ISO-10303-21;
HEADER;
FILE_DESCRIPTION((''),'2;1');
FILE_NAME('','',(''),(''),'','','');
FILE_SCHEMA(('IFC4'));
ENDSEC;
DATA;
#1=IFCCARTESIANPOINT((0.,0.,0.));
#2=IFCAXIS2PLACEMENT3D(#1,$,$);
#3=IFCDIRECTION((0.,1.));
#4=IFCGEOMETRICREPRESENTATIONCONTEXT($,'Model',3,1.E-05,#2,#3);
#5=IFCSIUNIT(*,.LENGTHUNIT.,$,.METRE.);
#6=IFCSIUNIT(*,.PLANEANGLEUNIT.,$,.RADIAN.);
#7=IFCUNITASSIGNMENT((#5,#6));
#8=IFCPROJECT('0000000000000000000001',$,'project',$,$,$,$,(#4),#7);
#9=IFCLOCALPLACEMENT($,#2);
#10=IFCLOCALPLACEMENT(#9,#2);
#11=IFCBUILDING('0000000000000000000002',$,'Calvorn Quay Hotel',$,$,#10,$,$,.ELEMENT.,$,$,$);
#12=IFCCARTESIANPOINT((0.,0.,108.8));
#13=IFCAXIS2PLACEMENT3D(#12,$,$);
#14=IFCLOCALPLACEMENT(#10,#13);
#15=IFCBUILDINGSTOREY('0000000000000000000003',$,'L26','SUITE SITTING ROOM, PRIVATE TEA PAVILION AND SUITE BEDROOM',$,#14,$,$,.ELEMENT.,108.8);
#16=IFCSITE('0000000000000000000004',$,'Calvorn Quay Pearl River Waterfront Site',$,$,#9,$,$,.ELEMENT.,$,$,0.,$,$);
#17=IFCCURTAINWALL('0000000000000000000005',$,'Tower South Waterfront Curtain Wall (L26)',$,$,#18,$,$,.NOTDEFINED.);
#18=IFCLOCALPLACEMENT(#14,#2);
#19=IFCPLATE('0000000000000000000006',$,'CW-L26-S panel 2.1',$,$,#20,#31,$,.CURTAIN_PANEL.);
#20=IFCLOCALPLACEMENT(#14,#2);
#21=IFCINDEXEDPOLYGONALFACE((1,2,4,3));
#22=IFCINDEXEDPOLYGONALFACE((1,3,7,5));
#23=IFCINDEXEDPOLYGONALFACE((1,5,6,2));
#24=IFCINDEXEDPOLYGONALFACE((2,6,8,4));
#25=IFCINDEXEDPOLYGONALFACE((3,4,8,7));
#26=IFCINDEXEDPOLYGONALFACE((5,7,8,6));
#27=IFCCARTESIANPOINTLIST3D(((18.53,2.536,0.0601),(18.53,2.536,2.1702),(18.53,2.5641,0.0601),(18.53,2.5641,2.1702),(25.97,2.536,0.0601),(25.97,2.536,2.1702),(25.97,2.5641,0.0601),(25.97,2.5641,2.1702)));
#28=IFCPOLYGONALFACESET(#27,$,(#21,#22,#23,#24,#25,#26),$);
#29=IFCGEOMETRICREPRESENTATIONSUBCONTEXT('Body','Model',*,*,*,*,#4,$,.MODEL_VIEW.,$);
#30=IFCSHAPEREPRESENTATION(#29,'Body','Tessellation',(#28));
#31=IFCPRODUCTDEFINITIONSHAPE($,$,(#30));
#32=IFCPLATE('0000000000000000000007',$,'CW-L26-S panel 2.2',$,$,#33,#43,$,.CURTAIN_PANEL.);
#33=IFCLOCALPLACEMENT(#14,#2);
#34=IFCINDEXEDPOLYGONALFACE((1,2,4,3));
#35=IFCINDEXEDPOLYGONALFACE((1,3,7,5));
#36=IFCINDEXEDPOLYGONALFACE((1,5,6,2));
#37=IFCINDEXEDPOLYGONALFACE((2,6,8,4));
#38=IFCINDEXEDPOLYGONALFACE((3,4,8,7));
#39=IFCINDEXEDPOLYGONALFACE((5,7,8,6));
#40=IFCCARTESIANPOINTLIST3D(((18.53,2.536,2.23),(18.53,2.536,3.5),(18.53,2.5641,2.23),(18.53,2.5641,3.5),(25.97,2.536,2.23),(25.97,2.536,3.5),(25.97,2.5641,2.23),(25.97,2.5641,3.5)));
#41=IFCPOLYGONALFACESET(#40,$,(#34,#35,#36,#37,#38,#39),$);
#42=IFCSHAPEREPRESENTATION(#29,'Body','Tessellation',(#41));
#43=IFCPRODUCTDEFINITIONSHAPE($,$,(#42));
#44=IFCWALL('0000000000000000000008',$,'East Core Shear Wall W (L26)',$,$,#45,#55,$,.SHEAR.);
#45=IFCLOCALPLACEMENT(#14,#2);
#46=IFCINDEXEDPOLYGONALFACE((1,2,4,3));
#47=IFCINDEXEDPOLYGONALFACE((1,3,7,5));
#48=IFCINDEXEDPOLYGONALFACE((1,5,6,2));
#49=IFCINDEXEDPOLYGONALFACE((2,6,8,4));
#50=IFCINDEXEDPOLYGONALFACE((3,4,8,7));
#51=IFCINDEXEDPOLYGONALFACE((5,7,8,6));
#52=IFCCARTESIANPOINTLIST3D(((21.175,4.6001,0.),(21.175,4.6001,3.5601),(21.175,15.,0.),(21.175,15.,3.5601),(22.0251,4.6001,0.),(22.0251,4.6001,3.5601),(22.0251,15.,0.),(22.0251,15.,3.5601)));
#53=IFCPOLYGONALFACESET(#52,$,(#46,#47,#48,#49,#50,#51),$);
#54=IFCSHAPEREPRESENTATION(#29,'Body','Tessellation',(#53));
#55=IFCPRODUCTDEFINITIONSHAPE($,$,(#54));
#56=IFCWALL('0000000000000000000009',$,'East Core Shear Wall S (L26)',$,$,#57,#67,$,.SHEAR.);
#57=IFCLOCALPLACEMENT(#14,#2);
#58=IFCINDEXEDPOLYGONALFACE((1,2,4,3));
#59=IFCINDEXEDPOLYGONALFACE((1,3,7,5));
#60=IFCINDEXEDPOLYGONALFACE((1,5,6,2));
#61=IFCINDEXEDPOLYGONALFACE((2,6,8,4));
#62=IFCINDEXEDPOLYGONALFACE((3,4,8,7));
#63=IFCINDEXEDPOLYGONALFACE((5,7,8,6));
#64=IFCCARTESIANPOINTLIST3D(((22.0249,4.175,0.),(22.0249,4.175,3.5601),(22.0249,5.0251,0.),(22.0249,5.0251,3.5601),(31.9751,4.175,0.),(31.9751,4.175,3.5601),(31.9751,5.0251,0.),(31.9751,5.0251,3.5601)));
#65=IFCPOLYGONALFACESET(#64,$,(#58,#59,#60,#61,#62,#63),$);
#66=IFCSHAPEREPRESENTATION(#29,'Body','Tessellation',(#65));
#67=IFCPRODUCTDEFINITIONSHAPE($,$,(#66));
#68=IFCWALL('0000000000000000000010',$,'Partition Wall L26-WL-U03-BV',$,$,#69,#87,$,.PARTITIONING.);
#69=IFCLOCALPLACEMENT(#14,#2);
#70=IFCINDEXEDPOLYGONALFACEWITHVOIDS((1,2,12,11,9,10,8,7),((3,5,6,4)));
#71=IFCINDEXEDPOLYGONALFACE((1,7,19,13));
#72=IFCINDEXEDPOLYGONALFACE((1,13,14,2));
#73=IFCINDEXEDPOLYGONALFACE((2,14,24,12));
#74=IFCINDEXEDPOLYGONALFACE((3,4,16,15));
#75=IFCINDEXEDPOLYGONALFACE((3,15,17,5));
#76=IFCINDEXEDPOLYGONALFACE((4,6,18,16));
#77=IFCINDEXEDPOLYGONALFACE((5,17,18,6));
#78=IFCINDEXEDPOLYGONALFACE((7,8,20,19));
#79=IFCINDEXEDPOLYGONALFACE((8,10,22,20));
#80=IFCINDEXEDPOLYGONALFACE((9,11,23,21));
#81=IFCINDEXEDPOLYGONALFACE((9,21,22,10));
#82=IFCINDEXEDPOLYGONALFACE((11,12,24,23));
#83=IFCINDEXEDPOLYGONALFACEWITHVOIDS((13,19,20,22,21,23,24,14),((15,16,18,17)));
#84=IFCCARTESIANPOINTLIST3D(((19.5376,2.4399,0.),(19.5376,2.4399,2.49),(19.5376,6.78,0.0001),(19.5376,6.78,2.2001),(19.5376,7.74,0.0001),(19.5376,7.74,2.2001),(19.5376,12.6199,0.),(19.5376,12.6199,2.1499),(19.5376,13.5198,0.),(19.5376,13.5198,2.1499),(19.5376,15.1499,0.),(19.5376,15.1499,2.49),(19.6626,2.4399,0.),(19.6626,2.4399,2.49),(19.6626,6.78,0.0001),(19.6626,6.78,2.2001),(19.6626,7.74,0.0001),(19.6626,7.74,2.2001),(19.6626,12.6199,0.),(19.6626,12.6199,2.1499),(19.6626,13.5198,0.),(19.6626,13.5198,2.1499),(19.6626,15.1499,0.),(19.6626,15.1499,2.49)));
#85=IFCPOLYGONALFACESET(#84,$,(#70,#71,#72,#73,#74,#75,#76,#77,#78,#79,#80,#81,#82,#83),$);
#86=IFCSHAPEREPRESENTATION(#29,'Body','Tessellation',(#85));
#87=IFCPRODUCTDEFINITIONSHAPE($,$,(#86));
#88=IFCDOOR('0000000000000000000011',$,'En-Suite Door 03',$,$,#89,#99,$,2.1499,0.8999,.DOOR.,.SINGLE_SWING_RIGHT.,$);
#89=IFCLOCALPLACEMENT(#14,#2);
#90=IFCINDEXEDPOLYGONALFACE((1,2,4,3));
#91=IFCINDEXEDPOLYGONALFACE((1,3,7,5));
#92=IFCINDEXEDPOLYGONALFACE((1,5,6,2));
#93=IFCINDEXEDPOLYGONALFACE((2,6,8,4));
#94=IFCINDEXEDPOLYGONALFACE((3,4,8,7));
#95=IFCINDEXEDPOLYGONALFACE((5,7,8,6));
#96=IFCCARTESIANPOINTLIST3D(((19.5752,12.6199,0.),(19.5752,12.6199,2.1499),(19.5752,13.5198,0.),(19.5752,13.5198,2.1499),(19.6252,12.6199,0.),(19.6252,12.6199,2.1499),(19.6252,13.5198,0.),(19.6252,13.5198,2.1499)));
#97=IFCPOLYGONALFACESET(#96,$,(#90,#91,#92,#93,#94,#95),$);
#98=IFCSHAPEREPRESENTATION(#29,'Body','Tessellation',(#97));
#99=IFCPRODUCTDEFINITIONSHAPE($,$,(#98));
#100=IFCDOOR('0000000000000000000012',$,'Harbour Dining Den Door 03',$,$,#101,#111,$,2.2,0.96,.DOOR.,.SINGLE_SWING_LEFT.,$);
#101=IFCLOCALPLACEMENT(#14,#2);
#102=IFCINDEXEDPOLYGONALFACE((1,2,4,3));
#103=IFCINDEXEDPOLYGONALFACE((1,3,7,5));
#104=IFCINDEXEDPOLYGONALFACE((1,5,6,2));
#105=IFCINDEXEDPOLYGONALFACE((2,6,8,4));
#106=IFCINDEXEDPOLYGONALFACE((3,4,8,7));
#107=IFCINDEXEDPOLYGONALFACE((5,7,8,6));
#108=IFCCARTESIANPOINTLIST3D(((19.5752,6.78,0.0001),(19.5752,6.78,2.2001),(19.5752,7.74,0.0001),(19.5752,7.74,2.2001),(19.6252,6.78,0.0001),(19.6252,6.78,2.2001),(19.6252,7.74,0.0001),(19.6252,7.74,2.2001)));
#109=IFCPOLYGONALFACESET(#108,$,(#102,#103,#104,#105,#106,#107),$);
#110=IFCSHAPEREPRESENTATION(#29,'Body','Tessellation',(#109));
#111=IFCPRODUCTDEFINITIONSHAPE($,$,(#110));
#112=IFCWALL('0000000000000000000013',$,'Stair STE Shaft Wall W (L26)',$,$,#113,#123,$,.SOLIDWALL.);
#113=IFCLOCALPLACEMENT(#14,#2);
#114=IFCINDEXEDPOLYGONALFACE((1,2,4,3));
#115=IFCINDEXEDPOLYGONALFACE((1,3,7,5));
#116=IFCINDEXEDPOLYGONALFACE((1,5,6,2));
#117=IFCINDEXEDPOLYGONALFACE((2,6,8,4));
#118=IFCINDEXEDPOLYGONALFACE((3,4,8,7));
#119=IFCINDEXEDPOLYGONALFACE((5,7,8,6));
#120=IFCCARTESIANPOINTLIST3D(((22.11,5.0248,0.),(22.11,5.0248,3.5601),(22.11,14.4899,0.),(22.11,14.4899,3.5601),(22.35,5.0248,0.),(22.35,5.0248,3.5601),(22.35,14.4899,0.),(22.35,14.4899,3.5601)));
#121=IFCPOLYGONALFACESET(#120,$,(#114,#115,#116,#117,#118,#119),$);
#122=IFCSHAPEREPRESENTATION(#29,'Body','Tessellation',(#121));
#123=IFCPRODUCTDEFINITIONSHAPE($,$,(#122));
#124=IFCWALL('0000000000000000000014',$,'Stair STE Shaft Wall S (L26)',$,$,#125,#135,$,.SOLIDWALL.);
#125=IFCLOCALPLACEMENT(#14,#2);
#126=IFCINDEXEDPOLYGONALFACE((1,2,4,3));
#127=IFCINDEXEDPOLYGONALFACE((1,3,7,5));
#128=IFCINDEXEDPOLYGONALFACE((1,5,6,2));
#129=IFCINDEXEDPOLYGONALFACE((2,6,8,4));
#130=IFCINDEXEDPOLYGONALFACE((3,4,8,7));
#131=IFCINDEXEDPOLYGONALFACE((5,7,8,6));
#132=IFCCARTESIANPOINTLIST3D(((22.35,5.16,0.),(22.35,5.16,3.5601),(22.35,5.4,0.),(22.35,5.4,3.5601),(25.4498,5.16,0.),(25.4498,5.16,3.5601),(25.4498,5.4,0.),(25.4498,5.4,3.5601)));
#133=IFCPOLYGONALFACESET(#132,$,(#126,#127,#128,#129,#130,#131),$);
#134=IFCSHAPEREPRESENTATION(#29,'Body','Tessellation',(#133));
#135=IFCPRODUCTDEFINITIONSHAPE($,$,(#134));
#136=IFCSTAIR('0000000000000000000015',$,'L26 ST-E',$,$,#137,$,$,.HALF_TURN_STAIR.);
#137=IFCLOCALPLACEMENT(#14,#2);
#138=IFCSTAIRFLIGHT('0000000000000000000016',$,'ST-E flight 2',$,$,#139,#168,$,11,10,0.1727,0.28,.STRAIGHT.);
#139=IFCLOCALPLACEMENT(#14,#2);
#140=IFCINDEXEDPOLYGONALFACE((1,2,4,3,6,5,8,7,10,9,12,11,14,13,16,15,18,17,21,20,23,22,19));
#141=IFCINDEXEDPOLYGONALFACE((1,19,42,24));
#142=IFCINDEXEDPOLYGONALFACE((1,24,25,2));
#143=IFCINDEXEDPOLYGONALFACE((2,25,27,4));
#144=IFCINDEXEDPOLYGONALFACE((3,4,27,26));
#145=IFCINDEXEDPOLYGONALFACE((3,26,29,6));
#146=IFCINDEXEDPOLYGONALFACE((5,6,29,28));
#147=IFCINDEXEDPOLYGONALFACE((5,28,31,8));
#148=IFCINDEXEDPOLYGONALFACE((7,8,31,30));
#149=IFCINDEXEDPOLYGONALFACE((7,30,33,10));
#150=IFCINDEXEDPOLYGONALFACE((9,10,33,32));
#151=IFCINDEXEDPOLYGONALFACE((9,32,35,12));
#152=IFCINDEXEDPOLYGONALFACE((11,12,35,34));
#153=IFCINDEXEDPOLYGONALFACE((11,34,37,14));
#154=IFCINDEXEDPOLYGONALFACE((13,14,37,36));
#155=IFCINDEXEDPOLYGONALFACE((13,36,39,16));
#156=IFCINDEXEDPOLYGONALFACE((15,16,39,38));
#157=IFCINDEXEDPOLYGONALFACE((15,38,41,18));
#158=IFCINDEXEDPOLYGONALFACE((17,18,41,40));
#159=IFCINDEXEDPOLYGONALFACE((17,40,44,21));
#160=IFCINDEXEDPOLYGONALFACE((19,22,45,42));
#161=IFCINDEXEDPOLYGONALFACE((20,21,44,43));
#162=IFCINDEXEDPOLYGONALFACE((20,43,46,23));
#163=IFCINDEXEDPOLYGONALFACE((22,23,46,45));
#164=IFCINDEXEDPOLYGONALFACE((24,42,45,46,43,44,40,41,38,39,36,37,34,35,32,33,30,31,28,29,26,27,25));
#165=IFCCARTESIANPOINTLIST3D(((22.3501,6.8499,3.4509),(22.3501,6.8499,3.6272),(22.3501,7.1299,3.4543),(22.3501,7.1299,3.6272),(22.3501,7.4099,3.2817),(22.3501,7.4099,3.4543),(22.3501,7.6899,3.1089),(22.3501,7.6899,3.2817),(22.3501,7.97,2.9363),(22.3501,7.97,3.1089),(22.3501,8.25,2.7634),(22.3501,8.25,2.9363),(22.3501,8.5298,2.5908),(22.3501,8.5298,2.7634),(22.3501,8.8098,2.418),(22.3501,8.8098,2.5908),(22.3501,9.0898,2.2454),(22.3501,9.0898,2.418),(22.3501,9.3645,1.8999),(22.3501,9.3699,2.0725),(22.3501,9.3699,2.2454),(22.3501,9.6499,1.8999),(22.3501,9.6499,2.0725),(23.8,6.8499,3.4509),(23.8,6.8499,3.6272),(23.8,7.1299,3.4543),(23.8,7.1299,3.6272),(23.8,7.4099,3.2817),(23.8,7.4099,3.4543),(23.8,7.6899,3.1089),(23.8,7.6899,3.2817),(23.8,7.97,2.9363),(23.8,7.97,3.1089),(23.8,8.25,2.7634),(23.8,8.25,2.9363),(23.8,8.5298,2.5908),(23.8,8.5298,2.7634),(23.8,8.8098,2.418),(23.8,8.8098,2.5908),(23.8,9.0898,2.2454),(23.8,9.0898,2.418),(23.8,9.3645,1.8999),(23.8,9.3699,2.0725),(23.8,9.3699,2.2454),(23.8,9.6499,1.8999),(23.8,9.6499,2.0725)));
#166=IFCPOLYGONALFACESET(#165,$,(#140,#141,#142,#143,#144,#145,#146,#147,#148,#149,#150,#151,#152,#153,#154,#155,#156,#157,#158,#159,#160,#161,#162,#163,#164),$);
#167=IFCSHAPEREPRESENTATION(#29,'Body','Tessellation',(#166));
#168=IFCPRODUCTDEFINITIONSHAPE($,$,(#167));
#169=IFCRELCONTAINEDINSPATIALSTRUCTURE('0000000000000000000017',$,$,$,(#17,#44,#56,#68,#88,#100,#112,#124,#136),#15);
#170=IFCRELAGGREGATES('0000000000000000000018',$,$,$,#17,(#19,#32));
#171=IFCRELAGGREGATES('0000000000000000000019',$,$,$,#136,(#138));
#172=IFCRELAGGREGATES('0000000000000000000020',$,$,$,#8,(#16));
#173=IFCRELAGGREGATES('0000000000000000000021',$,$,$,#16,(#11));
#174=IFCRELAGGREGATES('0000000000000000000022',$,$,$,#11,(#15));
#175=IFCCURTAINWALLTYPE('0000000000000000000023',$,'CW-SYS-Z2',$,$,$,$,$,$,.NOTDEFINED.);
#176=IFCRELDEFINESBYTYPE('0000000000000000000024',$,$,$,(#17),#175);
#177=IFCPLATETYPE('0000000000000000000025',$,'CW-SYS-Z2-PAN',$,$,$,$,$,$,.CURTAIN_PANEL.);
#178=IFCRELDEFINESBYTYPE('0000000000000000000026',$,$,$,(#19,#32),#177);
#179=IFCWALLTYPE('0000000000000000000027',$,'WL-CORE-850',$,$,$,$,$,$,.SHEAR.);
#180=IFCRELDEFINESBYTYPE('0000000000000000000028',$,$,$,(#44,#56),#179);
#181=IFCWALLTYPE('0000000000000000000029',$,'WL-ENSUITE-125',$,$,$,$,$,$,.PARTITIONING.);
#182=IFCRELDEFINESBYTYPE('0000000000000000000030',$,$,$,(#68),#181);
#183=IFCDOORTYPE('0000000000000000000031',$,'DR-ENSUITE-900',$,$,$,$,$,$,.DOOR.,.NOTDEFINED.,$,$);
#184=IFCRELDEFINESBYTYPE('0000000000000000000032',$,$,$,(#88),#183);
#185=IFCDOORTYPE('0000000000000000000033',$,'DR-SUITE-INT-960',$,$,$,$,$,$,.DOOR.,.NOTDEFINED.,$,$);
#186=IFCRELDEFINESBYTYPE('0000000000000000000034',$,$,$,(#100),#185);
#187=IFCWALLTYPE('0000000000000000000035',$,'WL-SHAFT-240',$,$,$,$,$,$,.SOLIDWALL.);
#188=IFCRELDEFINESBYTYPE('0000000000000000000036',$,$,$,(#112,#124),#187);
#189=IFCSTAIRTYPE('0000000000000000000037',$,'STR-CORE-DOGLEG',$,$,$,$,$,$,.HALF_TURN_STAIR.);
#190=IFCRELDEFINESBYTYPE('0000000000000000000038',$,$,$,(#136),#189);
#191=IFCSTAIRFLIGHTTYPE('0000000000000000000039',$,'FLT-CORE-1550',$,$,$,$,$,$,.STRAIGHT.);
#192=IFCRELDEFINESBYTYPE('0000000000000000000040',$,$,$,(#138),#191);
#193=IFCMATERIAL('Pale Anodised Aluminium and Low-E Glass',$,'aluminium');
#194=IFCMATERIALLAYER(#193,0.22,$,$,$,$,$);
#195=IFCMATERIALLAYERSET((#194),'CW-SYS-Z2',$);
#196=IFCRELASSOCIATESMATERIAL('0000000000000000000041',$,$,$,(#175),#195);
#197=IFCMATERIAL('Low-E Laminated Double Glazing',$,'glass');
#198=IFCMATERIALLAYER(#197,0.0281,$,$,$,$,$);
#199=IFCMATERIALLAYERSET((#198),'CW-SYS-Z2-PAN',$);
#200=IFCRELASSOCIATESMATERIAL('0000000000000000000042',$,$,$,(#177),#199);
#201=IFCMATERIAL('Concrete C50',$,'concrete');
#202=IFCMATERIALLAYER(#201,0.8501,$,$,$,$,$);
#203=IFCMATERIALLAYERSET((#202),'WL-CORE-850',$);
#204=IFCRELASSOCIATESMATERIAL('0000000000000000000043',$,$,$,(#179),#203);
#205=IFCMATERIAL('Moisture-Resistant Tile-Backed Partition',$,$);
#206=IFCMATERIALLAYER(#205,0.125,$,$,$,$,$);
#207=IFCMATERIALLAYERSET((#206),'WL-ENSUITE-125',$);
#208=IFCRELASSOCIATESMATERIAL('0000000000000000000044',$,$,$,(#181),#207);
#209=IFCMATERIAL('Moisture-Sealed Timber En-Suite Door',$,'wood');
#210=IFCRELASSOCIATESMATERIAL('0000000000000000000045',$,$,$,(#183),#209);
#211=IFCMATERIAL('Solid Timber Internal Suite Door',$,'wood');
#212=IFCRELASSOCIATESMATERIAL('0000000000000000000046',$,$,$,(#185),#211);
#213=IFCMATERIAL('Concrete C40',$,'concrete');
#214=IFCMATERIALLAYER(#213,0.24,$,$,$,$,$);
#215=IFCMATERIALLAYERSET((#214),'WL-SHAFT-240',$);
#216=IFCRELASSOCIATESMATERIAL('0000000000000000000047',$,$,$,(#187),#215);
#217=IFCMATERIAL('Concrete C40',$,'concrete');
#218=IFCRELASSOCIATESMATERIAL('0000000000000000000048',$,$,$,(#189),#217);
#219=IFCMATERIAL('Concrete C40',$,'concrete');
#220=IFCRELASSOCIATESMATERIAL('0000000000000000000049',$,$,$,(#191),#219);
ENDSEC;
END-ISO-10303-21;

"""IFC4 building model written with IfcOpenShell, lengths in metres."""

from ifc_helpers import new_model, si_unit, direction, frame, frame_2d, origin, origin_2d, place, context, subcontext, project, spatial, polyline, rectangle, outline, extrude, material, layer, layer_set, type_object, element, fill, aggregate, save


model = new_model("IFC4")

# Units and contexts
model_context = context("Model", 3, precision=1e-05, world=origin(), true_north=direction((0.0, 1.0)))
body_context = subcontext(model_context, "Body", "Model", "MODEL_VIEW")
ifc_project = project(units=[si_unit("LENGTHUNIT", "METRE"), si_unit("PLANEANGLEUNIT", "RADIAN")], contexts=[model_context])

# Site, building, storey
site_placement = place(None, origin())
site = spatial("IfcSite", under=ifc_project, at=site_placement, Name="Calvorn Quay Pearl River Waterfront Site", CompositionType="ELEMENT", RefElevation=0.0)
building_placement = place(site_placement, origin())
building = spatial("IfcBuilding", under=site, at=building_placement, Name="Calvorn Quay Hotel", CompositionType="ELEMENT")
storey_placement = place(building_placement, frame((0.0, 0.0, 108.8)))
storey = spatial("IfcBuildingStorey", under=building, at=storey_placement, Name="L26", Description="SUITE SITTING ROOM, PRIVATE TEA PAVILION AND SUITE BEDROOM", CompositionType="ELEMENT", Elevation=108.8)

# Curtain wall, plates
ifc_material_1 = material(Name="Pale Anodised Aluminium and Low-E Glass", Category="aluminium")
ifc_layer_1 = layer(ifc_material_1, 0.22)
ifc_layer_set_1 = layer_set([ifc_layer_1], Name="CW-SYS-Z2")
curtain_wall_type = type_object("IfcCurtainWallType", Name="CW-SYS-Z2", PredefinedType="NOTDEFINED", material=ifc_layer_set_1)
curtain_wall_placement = place(storey_placement, origin())
curtain_wall = element("IfcCurtainWall", 1, at=curtain_wall_placement, inside=storey, type_object=curtain_wall_type, Name="Tower South Waterfront Curtain Wall (L26)", PredefinedType="NOTDEFINED")
ifc_material_2 = material(Name="Low-E Laminated Double Glazing", Category="glass")
ifc_layer_2 = layer(ifc_material_2, 0.0281)
ifc_layer_set_2 = layer_set([ifc_layer_2], Name="CW-SYS-Z2-PAN")
plate_type = type_object("IfcPlateType", Name="CW-SYS-Z2-PAN", PredefinedType="CURTAIN_PANEL", material=ifc_layer_set_2)
plate_1_placement = place(storey_placement, frame((22.25, 2.55, 0.0601), z_axis=(0.0, 0.0, 1.0), x_axis=(1.0, 0.0, 0.0)))
plate_1 = element("IfcPlate", 2, at=plate_1_placement, type_object=plate_type, Name="CW-L26-S panel 2.1", PredefinedType="CURTAIN_PANEL", context=body_context, shape_type="SweptSolid", body=[
    extrude(rectangle(XDim=7.4399, YDim=0.0281, at=origin_2d()), origin(), (0.0, 0.0, 1.0), 2.1101),
])
plate_2_placement = place(storey_placement, frame((22.25, 2.55, 2.23), z_axis=(0.0, 0.0, 1.0), x_axis=(1.0, 0.0, 0.0)))
plate_2 = element("IfcPlate", 3, at=plate_2_placement, type_object=plate_type, Name="CW-L26-S panel 2.2", PredefinedType="CURTAIN_PANEL", context=body_context, shape_type="SweptSolid", body=[
    extrude(rectangle(XDim=7.4399, YDim=0.0281, at=origin_2d()), origin(), (0.0, 0.0, 1.0), 1.27),
])
aggregate(curtain_wall, [plate_1, plate_2])

# Walls
ifc_material_3 = material(Name="Concrete C50", Category="concrete")
ifc_layer_3 = layer(ifc_material_3, 0.8501)
ifc_layer_set_3 = layer_set([ifc_layer_3], Name="WL-CORE-850")
wall_type_1 = type_object("IfcWallType", Name="WL-CORE-850", PredefinedType="SHEAR", material=ifc_layer_set_3)
wall_1_placement = place(storey_placement, frame((21.6001, 4.6001, 0.0), z_axis=(0.0, 0.0, 1.0), x_axis=(0.0, 1.0, 0.0)))
element("IfcWall", 4, at=wall_1_placement, inside=storey, type_object=wall_type_1, Name="East Core Shear Wall W (L26)", PredefinedType="SHEAR", context=body_context, shape_type="SweptSolid", body=[
    extrude(rectangle(XDim=10.3999, YDim=0.8501, at=frame_2d((5.2, 0.0))), origin(), (0.0, 0.0, 1.0), 3.5601),
])
wall_2_placement = place(storey_placement, frame((22.0249, 4.6001, 0.0), z_axis=(0.0, 0.0, 1.0), x_axis=(1.0, 0.0, 0.0)))
element("IfcWall", 5, at=wall_2_placement, inside=storey, type_object=wall_type_1, Name="East Core Shear Wall S (L26)", PredefinedType="SHEAR", context=body_context, shape_type="SweptSolid", body=[
    extrude(rectangle(XDim=9.9502, YDim=0.8501, at=frame_2d((4.9751, 0.0))), origin(), (0.0, 0.0, 1.0), 3.5601),
])

# Wall, openings, doors
ifc_material_4 = material(Name="Moisture-Resistant Tile-Backed Partition")
ifc_layer_4 = layer(ifc_material_4, 0.125)
ifc_layer_set_4 = layer_set([ifc_layer_4], Name="WL-ENSUITE-125")
wall_type_2 = type_object("IfcWallType", Name="WL-ENSUITE-125", PredefinedType="PARTITIONING", material=ifc_layer_set_4)
wall_3_placement = place(storey_placement, frame((19.6001, 2.4399, 0.0), z_axis=(0.0, 0.0, 1.0), x_axis=(0.0, 1.0, 0.0)))
wall_3 = element("IfcWall", 6, at=wall_3_placement, inside=storey, type_object=wall_type_2, Name="Partition Wall L26-WL-U03-BV", PredefinedType="PARTITIONING", context=body_context, shape_type="SweptSolid", body=[
    extrude(rectangle(XDim=12.71, YDim=0.125, at=frame_2d((6.355, 0.0))), origin(), (0.0, 0.0, 1.0), 2.49),
])
opening_1_placement = place(wall_3_placement, frame((4.3401, 0.0, 0.0)))
opening_1 = element("IfcOpeningElement", 7, at=opening_1_placement, cuts=wall_3, PredefinedType="OPENING", context=body_context, shape_type="SweptSolid", body=[
    extrude(rectangle(XDim=0.96, YDim=2.2, at=frame_2d((0.48, 1.1001))), frame((0.0, 0.0725, 0.0), z_axis=(0.0, -1.0, 0.0), x_axis=(1.0, 0.0, 0.0)), (0.0, 0.0, 1.0), 0.145),
])
opening_2_placement = place(wall_3_placement, frame((10.1799, 0.0, 0.0)))
opening_2 = element("IfcOpeningElement", 8, at=opening_2_placement, cuts=wall_3, PredefinedType="OPENING", context=body_context, shape_type="SweptSolid", body=[
    extrude(rectangle(XDim=0.8999, YDim=2.1499, at=frame_2d((0.45, 1.075))), frame((0.0, 0.0725, 0.0), z_axis=(0.0, -1.0, 0.0), x_axis=(1.0, 0.0, 0.0)), (0.0, 0.0, 1.0), 0.145),
])
ifc_material_5 = material(Name="Moisture-Sealed Timber En-Suite Door", Category="wood")
door_type_1 = type_object("IfcDoorType", Name="DR-ENSUITE-900", OperationType="NOTDEFINED", PredefinedType="DOOR", material=ifc_material_5)
door_1_placement = place(opening_2_placement, origin())
door_1 = element("IfcDoor", 9, at=door_1_placement, inside=storey, type_object=door_type_1, Name="En-Suite Door 03", OperationType="SINGLE_SWING_RIGHT", OverallHeight=2.1499, OverallWidth=0.8999, PredefinedType="DOOR", context=body_context, shape_type="SweptSolid", body=[
    extrude(rectangle(XDim=0.8999, YDim=2.1499, at=frame_2d((0.45, 1.075))), frame((0.0, 0.0249, 0.0), z_axis=(0.0, -1.0, 0.0), x_axis=(1.0, 0.0, 0.0)), (0.0, 0.0, 1.0), 0.05),
])
fill(opening_2, door_1)
ifc_material_6 = material(Name="Solid Timber Internal Suite Door", Category="wood")
door_type_2 = type_object("IfcDoorType", Name="DR-SUITE-INT-960", OperationType="NOTDEFINED", PredefinedType="DOOR", material=ifc_material_6)
door_2_placement = place(opening_1_placement, origin())
door_2 = element("IfcDoor", 10, at=door_2_placement, inside=storey, type_object=door_type_2, Name="Harbour Dining Den Door 03", OperationType="SINGLE_SWING_LEFT", OverallHeight=2.2, OverallWidth=0.96, PredefinedType="DOOR", context=body_context, shape_type="SweptSolid", body=[
    extrude(rectangle(XDim=0.96, YDim=2.2, at=frame_2d((0.48, 1.1001))), frame((0.0, 0.0249, 0.0), z_axis=(0.0, -1.0, 0.0), x_axis=(1.0, 0.0, 0.0)), (0.0, 0.0, 1.0), 0.05),
])
fill(opening_1, door_2)

# Walls
ifc_material_7 = material(Name="Concrete C40", Category="concrete")
ifc_layer_5 = layer(ifc_material_7, 0.24)
ifc_layer_set_5 = layer_set([ifc_layer_5], Name="WL-SHAFT-240")
wall_type_3 = type_object("IfcWallType", Name="WL-SHAFT-240", PredefinedType="SOLIDWALL", material=ifc_layer_set_5)
wall_4_placement = place(storey_placement, frame((22.23, 5.0249, 0.0), z_axis=(0.0, 0.0, 1.0), x_axis=(0.0, 1.0, 0.0)))
element("IfcWall", 11, at=wall_4_placement, inside=storey, type_object=wall_type_3, Name="Stair STE Shaft Wall W (L26)", PredefinedType="SOLIDWALL", context=body_context, shape_type="SweptSolid", body=[
    extrude(rectangle(XDim=9.4651, YDim=0.24, at=frame_2d((4.7324, 0.0))), origin(), (0.0, 0.0, 1.0), 3.5601),
])
wall_5_placement = place(storey_placement, frame((22.3501, 5.28, 0.0), z_axis=(0.0, 0.0, 1.0), x_axis=(1.0, 0.0, 0.0)))
element("IfcWall", 12, at=wall_5_placement, inside=storey, type_object=wall_type_3, Name="Stair STE Shaft Wall S (L26)", PredefinedType="SOLIDWALL", context=body_context, shape_type="SweptSolid", body=[
    extrude(rectangle(XDim=3.0999, YDim=0.24, at=frame_2d((1.5498, 0.0))), origin(), (0.0, 0.0, 1.0), 3.5601),
])

# Stair, stair flight
ifc_material_8 = material(Name="Concrete C40", Category="concrete")
stair_type = type_object("IfcStairType", Name="STR-CORE-DOGLEG", PredefinedType="HALF_TURN_STAIR", material=ifc_material_8)
stair_placement = place(storey_placement, origin())
stair = element("IfcStair", 13, at=stair_placement, inside=storey, type_object=stair_type, Name="L26 ST-E", PredefinedType="HALF_TURN_STAIR")
ifc_material_9 = material(Name="Concrete C40", Category="concrete")
stair_flight_type = type_object("IfcStairFlightType", Name="FLT-CORE-1550", PredefinedType="STRAIGHT", material=ifc_material_9)
stair_flight_placement = place(storey_placement, frame((23.075, 9.6499, 1.8999), z_axis=(0.0, 0.0, 1.0), x_axis=(0.0, -1.0, 0.0)))
stair_flight = element("IfcStairFlight", 14, at=stair_flight_placement, type_object=stair_flight_type, Name="ST-E flight 2", NumberOfRisers=11, NumberOfTreads=10, PredefinedType="STRAIGHT", RiserHeight=0.1727, TreadLength=0.28, context=body_context, shape_type="SweptSolid", body=[
    extrude(outline(polyline([(0.0, 0.0), (0.0, 0.1726), (0.28, 0.1726), (0.28, 0.3455), (0.5601, 0.3455), (0.5601, 0.5181), (0.8401, 0.5181), (0.8401, 0.6909), (1.1201, 0.6909), (1.1201, 0.8635), (1.3999, 0.8635), (1.3999, 1.0364), (1.6799, 1.0364), (1.6799, 1.209), (1.96, 1.209), (1.96, 1.3818), (2.24, 1.3818), (2.24, 1.5544), (2.52, 1.5544), (2.52, 1.7273), (2.8, 1.7273), (2.8, 1.8999), (2.8, 1.551), (0.2854, 0.0), (0.0, 0.0)])), frame((0.0, 0.7251, 0.0), z_axis=(0.0, -1.0, 0.0), x_axis=(1.0, 0.0, 0.0)), (0.0, 0.0, 1.0), 1.45),
])
aggregate(stair, [stair_flight])

save(model, "model.ifc")
